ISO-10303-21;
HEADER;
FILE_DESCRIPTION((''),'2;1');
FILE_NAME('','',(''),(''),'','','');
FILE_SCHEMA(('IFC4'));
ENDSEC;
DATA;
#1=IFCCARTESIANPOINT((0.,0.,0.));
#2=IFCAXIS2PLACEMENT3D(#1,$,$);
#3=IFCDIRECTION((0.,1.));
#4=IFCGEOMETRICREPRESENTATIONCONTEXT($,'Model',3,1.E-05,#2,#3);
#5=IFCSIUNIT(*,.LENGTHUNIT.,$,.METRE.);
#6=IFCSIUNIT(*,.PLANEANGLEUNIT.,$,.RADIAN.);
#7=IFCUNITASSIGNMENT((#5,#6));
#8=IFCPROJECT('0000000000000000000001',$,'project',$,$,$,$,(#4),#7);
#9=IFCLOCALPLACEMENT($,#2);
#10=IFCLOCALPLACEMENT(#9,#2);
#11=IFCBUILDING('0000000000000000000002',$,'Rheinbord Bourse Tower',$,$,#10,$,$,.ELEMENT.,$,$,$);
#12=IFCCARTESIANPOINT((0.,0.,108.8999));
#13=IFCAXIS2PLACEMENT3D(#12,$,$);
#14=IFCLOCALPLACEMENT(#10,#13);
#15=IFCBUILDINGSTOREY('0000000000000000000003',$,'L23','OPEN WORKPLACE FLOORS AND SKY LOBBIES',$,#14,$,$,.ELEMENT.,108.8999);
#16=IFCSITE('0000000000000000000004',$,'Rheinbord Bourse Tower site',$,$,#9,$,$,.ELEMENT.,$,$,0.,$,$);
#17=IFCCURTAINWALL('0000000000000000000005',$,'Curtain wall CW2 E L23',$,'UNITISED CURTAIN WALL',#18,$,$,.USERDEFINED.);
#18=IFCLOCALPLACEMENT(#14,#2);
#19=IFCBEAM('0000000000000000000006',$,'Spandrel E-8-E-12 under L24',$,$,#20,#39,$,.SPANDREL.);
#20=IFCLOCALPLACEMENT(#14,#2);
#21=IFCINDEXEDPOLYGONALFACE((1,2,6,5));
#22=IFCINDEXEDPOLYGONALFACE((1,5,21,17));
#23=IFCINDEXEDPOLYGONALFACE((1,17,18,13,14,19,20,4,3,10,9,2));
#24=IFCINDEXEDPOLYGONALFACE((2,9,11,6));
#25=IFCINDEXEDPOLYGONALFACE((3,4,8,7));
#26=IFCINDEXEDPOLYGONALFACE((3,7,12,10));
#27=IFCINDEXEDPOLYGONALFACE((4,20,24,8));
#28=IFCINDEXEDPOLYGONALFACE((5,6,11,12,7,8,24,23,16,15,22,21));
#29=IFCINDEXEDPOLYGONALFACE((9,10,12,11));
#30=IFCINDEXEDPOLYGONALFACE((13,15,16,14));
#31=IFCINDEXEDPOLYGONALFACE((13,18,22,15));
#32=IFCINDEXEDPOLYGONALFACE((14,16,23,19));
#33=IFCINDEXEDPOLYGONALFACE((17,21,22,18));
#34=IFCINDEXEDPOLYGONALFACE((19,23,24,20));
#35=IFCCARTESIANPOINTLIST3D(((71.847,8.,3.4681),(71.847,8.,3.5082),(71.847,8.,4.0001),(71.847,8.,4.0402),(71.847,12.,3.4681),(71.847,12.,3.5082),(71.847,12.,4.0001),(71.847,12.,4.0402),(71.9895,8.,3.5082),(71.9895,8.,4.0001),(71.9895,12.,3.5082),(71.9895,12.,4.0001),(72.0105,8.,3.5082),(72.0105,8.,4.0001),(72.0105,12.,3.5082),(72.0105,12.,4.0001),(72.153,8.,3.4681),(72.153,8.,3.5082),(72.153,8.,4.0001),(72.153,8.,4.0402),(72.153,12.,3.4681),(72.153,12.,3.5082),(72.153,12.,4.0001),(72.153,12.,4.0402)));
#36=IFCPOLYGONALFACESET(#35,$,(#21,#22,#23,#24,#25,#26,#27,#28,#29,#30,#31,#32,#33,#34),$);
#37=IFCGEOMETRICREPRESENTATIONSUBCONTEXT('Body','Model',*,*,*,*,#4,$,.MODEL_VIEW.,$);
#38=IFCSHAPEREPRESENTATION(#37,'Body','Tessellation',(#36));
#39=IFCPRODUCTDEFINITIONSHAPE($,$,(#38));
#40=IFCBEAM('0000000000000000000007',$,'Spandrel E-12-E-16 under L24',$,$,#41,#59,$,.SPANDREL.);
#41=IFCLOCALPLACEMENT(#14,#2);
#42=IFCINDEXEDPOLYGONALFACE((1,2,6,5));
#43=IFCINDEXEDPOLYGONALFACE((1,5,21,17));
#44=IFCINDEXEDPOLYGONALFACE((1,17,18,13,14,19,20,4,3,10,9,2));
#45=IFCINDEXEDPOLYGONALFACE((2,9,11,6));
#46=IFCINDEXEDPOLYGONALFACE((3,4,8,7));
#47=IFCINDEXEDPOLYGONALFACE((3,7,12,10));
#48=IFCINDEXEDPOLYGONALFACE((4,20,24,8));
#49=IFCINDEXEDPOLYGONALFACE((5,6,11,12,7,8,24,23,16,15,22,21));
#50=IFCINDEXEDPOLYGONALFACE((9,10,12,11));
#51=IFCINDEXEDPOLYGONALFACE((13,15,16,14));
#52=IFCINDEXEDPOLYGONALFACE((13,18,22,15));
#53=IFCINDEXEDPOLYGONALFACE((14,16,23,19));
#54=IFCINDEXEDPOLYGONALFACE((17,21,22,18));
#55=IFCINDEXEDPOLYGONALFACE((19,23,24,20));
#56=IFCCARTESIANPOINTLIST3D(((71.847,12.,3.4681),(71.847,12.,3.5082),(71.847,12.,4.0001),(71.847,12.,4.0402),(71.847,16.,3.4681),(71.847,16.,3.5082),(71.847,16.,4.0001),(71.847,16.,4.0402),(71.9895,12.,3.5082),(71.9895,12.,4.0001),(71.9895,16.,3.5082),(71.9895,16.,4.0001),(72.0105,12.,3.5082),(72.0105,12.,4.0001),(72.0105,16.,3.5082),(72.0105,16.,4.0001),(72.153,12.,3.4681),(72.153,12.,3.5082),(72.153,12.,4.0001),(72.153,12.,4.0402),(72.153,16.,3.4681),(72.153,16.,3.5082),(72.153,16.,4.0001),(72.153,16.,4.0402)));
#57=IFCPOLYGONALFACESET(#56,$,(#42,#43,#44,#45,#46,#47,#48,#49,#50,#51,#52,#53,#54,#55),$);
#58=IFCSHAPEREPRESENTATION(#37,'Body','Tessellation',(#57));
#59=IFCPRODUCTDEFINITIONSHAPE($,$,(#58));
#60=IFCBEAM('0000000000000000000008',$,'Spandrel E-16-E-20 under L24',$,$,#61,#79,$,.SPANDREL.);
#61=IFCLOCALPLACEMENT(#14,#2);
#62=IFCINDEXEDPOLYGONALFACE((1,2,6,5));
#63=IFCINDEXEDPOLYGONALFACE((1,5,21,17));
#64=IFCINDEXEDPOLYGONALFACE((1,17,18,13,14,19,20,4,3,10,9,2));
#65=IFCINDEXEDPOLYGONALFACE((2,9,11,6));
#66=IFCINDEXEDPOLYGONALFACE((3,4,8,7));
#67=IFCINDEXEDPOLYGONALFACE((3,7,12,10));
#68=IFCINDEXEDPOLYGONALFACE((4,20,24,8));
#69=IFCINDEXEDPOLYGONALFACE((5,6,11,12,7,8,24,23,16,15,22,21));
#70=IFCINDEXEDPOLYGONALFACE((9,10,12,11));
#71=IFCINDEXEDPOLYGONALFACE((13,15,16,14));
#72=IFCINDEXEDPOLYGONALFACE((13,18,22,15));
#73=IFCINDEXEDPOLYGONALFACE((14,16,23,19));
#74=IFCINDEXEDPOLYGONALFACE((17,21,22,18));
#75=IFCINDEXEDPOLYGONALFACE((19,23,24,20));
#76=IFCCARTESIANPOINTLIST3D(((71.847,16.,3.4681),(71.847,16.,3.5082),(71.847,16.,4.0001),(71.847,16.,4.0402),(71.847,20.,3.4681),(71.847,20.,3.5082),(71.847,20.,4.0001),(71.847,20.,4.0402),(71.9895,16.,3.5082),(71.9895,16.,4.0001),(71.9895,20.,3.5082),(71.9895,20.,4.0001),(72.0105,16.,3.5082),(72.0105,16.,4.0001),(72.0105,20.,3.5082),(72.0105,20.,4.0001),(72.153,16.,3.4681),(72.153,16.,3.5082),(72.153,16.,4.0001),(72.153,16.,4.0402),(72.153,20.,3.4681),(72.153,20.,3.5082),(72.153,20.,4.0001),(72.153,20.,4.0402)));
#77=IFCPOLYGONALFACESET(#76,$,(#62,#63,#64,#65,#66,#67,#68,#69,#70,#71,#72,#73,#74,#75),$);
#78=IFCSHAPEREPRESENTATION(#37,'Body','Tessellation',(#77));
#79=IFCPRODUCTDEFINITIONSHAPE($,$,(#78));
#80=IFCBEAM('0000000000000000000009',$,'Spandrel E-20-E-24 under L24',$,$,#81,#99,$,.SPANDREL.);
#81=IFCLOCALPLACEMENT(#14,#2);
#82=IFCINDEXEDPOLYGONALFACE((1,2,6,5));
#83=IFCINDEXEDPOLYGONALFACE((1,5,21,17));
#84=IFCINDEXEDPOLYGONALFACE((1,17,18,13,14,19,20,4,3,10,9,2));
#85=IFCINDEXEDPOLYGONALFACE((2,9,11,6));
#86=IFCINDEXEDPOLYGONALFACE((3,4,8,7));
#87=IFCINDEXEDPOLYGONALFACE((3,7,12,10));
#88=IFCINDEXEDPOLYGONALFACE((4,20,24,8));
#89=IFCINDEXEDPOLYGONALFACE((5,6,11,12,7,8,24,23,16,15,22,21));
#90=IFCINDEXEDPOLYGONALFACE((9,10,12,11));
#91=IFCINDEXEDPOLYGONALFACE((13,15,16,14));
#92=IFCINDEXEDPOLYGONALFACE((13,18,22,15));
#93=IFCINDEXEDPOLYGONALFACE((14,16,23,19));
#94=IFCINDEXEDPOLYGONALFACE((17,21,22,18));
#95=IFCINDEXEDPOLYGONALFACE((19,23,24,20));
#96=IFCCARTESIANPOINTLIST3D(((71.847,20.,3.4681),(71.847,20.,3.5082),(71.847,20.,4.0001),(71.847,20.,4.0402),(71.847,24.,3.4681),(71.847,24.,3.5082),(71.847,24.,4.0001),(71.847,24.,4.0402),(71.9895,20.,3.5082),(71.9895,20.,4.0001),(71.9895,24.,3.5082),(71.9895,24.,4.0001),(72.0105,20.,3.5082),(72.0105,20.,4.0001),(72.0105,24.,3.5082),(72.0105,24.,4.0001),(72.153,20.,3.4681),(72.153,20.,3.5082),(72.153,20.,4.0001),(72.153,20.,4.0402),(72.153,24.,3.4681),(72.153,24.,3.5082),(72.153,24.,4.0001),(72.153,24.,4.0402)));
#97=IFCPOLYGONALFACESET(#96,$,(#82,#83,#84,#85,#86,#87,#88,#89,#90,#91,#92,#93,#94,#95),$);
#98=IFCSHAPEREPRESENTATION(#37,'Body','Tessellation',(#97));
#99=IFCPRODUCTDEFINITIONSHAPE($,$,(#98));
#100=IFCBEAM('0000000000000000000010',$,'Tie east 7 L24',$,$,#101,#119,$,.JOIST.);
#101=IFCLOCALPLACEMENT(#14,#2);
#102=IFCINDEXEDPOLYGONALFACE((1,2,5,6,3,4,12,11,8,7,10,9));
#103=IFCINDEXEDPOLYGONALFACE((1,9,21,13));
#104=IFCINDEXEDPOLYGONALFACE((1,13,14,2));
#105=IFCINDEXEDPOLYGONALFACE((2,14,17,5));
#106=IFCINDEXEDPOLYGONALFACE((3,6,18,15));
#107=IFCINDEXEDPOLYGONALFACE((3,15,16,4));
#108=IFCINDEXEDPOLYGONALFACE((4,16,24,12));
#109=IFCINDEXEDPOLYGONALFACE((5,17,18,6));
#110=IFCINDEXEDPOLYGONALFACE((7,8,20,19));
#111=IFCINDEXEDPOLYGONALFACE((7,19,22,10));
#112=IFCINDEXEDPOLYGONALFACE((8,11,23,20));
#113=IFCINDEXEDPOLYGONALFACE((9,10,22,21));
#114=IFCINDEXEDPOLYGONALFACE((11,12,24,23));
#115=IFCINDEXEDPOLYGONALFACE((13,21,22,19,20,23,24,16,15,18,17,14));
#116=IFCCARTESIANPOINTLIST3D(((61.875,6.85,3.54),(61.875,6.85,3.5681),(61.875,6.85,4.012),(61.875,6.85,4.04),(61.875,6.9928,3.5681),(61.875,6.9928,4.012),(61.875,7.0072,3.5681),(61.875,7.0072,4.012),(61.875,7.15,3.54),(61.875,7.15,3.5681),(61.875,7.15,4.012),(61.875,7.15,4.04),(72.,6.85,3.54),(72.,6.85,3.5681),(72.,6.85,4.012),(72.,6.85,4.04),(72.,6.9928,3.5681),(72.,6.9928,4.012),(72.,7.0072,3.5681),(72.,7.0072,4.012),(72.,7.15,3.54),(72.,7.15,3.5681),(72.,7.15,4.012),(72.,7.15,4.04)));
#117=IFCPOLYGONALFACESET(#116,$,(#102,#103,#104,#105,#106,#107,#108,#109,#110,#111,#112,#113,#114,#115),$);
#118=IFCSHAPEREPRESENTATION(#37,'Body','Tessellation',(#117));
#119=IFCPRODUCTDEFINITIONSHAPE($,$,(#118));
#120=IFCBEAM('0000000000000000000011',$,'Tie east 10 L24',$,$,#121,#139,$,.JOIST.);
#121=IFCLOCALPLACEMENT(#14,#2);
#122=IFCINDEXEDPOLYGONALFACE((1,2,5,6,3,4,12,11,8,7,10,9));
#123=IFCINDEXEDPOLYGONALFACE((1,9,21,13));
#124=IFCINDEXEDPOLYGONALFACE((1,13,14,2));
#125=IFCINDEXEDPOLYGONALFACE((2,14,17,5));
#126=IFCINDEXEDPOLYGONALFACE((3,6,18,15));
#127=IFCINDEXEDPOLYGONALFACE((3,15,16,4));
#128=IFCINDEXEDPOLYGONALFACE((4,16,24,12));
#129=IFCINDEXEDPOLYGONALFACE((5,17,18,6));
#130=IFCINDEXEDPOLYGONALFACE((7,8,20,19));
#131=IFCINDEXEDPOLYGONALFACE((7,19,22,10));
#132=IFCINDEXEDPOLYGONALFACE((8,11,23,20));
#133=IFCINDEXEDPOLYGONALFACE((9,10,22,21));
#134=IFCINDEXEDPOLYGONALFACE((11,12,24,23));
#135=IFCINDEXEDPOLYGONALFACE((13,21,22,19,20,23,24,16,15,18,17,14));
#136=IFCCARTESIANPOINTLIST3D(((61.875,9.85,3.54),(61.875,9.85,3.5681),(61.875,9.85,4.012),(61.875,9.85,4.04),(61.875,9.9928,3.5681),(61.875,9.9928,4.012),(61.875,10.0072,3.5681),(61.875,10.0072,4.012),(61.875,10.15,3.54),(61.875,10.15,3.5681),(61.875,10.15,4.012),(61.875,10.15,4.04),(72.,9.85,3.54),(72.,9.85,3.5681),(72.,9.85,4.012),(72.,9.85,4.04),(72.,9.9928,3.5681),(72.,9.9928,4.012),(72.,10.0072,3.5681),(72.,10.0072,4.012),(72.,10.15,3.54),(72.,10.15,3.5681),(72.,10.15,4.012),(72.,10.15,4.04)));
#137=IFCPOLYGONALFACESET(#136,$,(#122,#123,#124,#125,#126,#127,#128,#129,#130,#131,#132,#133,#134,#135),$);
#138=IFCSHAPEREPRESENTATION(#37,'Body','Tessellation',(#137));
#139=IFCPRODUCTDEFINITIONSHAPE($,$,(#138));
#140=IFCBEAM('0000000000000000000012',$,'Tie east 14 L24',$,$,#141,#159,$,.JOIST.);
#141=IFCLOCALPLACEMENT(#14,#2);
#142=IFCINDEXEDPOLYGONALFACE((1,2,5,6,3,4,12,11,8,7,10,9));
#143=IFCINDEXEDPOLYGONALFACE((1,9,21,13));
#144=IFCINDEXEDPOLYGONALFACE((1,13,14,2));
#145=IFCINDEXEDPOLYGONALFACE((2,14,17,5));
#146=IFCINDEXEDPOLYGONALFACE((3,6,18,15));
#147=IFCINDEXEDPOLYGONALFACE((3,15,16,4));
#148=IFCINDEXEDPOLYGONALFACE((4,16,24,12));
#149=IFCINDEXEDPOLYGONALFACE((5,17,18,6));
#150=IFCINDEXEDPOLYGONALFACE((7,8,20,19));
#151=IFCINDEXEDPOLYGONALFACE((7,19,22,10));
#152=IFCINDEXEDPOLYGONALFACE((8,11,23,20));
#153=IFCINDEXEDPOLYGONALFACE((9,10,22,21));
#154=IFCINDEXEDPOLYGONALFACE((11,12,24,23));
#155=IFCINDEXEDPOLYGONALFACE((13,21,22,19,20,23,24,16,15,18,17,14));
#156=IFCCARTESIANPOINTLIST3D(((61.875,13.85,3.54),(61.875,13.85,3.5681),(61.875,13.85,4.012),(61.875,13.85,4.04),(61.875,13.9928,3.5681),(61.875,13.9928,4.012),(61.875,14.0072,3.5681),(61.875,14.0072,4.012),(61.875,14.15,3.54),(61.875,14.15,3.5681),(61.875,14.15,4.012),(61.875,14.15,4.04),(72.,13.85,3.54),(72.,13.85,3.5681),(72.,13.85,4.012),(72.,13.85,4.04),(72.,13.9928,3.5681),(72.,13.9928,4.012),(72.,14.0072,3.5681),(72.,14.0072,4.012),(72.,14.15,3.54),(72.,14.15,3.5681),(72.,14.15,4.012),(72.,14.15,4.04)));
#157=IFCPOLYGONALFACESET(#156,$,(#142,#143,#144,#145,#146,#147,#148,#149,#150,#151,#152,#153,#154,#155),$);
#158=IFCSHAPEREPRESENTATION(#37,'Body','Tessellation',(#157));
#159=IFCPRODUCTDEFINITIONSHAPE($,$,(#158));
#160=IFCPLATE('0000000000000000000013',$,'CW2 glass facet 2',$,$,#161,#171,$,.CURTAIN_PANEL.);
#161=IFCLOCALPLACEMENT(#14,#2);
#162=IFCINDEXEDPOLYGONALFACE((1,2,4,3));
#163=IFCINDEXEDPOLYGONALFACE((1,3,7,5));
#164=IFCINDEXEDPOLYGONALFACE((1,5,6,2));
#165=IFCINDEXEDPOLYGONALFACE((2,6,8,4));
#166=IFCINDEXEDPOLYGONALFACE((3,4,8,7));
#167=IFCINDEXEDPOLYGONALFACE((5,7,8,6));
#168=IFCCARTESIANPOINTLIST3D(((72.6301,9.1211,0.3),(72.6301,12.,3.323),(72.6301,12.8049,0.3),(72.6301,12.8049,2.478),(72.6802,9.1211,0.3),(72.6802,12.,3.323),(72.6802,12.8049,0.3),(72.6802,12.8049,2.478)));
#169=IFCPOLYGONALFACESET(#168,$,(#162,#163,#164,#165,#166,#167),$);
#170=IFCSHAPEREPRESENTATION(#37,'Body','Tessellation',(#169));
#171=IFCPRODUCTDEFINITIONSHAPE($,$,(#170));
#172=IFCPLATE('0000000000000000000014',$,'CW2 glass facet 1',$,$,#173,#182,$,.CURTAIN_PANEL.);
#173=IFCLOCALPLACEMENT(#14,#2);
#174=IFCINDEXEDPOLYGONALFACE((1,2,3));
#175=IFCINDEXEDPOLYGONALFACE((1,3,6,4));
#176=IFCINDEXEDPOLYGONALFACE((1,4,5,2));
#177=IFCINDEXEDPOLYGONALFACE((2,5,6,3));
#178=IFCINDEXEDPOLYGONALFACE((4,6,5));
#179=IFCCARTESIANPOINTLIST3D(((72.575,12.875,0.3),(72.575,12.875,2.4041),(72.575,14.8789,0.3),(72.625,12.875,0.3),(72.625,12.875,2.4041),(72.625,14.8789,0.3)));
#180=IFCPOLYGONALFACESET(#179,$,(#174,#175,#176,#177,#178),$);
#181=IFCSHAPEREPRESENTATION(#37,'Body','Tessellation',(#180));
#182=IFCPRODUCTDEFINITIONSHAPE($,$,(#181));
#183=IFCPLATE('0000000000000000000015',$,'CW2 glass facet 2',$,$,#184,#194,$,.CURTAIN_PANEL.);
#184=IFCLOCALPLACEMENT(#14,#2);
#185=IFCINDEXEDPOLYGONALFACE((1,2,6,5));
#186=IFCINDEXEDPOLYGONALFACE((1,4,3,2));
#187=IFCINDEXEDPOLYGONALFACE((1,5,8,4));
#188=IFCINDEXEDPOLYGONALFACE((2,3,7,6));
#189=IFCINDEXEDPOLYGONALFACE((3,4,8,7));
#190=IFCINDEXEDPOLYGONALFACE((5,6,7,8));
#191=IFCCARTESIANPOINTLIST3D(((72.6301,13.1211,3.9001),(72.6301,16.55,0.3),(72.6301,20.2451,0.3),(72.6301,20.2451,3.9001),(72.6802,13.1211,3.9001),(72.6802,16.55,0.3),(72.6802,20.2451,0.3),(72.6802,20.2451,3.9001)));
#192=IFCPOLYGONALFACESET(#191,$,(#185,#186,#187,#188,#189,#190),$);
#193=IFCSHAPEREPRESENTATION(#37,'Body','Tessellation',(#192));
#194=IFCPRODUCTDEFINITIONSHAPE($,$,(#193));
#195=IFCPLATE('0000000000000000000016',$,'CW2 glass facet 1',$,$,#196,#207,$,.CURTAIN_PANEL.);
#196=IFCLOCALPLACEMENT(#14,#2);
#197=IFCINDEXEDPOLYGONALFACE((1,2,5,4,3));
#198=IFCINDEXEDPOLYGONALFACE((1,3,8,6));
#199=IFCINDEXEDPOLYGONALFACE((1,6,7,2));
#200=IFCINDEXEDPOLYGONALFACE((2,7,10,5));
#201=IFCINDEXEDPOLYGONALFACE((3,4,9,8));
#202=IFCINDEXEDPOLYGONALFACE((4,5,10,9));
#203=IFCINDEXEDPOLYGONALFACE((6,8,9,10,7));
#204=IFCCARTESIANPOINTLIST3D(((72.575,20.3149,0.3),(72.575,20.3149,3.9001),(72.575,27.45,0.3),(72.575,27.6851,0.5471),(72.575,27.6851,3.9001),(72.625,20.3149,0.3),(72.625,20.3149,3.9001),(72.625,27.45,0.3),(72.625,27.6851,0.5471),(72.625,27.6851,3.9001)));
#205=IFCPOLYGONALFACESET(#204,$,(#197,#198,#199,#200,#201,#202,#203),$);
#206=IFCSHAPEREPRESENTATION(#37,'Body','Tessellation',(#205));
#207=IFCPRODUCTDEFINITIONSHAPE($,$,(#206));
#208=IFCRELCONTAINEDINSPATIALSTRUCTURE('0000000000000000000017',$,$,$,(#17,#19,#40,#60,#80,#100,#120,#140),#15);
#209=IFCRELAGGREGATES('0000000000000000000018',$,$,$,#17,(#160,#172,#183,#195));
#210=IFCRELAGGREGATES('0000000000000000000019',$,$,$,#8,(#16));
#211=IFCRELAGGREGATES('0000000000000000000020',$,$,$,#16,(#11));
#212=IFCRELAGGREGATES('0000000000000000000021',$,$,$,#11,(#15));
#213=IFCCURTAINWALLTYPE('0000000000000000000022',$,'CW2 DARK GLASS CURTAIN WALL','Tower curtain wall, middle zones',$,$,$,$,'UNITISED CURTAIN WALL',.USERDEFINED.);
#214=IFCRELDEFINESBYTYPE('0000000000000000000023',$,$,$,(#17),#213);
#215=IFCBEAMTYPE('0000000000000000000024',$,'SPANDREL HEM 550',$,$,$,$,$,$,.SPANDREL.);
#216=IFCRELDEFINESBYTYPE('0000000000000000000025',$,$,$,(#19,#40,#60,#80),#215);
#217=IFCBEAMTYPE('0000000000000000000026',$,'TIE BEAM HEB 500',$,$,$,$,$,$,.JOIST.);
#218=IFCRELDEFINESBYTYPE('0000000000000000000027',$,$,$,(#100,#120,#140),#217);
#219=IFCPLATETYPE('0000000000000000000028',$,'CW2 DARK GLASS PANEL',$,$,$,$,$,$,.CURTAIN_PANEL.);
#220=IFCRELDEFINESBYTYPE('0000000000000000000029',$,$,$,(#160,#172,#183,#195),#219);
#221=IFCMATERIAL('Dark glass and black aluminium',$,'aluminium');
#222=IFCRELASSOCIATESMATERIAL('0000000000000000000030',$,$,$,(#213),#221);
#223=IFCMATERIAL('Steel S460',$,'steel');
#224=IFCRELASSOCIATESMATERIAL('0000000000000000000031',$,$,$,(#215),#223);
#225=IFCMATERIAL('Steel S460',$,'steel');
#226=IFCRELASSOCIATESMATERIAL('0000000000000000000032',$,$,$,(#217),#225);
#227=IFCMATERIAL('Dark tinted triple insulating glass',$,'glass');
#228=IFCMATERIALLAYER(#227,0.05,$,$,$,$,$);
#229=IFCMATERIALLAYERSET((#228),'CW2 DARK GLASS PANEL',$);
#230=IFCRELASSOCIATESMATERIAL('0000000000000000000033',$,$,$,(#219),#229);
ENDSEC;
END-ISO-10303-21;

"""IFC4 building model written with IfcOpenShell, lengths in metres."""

from ifc_helpers import new_model, si_unit, direction, frame, origin, origin_2d, place, context, subcontext, project, spatial, polyline, i_section, outline, extrude, material, layer, layer_set, material_profile, profile_set, type_object, element, aggregate, save


model = new_model("IFC4")

# Units and contexts
model_context = context("Model", 3, precision=1e-05, world=origin(), true_north=direction((0.0, 1.0)))
body_context = subcontext(model_context, "Body", "Model", "MODEL_VIEW")
ifc_project = project(units=[si_unit("LENGTHUNIT", "METRE"), si_unit("PLANEANGLEUNIT", "RADIAN")], contexts=[model_context])

# Site, building, storey
site_placement = place(None, origin())
site = spatial("IfcSite", under=ifc_project, at=site_placement, Name="Rheinbord Bourse Tower site", CompositionType="ELEMENT", RefElevation=0.0)
building_placement = place(site_placement, origin())
building = spatial("IfcBuilding", under=site, at=building_placement, Name="Rheinbord Bourse Tower", CompositionType="ELEMENT")
storey_placement = place(building_placement, frame((0.0, 0.0, 108.8999)))
storey = spatial("IfcBuildingStorey", under=building, at=storey_placement, Name="L23", Description="OPEN WORKPLACE FLOORS AND SKY LOBBIES", CompositionType="ELEMENT", Elevation=108.8999)

# Curtain wall
ifc_material_1 = material(Name="Dark glass and black aluminium", Category="aluminium")
curtain_wall_type = type_object("IfcCurtainWallType", Name="CW2 DARK GLASS CURTAIN WALL", Description="Tower curtain wall, middle zones", ElementType="UNITISED CURTAIN WALL", PredefinedType="USERDEFINED", material=ifc_material_1)
curtain_wall_placement = place(storey_placement, origin())
curtain_wall = element("IfcCurtainWall", 1, at=curtain_wall_placement, inside=storey, type_object=curtain_wall_type, Name="Curtain wall CW2 E L23", ObjectType="UNITISED CURTAIN WALL", PredefinedType="USERDEFINED")

# Beams
ifc_material_2 = material(Name="Steel S460", Category="steel")
ifc_material_profile_1 = material_profile(ifc_material_2, i_section(OverallWidth=0.3059, OverallDepth=0.572, WebThickness=0.021, FlangeThickness=0.04, at=origin_2d()), Name="HEM 550")
ifc_profile_set_1 = profile_set([ifc_material_profile_1], Name="Steel S460")
beam_type_1 = type_object("IfcBeamType", Name="SPANDREL HEM 550", PredefinedType="SPANDREL", material=ifc_profile_set_1)
for number, where, z_axis, x_axis, name in (
    (2, (72.0, 8.0, 3.7542), (0.0, 1.0, 0.0), (-1.0, 0.0, 0.0), "Spandrel E-8-E-12 under L24"),
    (3, (72.0, 12.0, 3.7542), (0.0, 1.0, 0.0), (-1.0, 0.0, 0.0), "Spandrel E-12-E-16 under L24"),
    (4, (72.0, 16.0, 3.7542), (0.0, 1.0, 0.0), (-1.0, 0.0, 0.0), "Spandrel E-16-E-20 under L24"),
    (5, (72.0, 20.0, 3.7542), (0.0, 1.0, 0.0), (-1.0, 0.0, 0.0), "Spandrel E-20-E-24 under L24"),
):
    element("IfcBeam", number, at=place(storey_placement, frame(where, z_axis=z_axis, x_axis=x_axis)), inside=storey, type_object=beam_type_1, Name=name, PredefinedType="SPANDREL", context=body_context, shape_type="SweptSolid", body=[
        extrude(i_section(OverallWidth=0.3059, OverallDepth=0.572, WebThickness=0.021, FlangeThickness=0.04, at=origin_2d()), origin(), (0.0, 0.0, 1.0), 4.0),
    ])
ifc_material_3 = material(Name="Steel S460", Category="steel")
ifc_material_profile_2 = material_profile(ifc_material_3, i_section(OverallWidth=0.3, OverallDepth=0.5, WebThickness=0.0144, FlangeThickness=0.0281, at=origin_2d()), Name="HEB 500")
ifc_profile_set_2 = profile_set([ifc_material_profile_2], Name="Steel S460")
beam_type_2 = type_object("IfcBeamType", Name="TIE BEAM HEB 500", PredefinedType="JOIST", material=ifc_profile_set_2)
for number, where, z_axis, x_axis, name in (
    (6, (61.875, 7.0, 3.79), (1.0, 0.0, 0.0), (0.0, 1.0, 0.0), "Tie east 7 L24"),
    (7, (61.875, 10.0, 3.79), (1.0, 0.0, 0.0), (0.0, 1.0, 0.0), "Tie east 10 L24"),
    (8, (61.875, 14.0, 3.79), (1.0, 0.0, 0.0), (0.0, 1.0, 0.0), "Tie east 14 L24"),
):
    element("IfcBeam", number, at=place(storey_placement, frame(where, z_axis=z_axis, x_axis=x_axis)), inside=storey, type_object=beam_type_2, Name=name, PredefinedType="JOIST", context=body_context, shape_type="SweptSolid", body=[
        extrude(i_section(OverallWidth=0.3, OverallDepth=0.5, WebThickness=0.0144, FlangeThickness=0.0281, at=origin_2d()), origin(), (0.0, 0.0, 1.0), 10.125),
    ])

# Plates
ifc_material_4 = material(Name="Dark tinted triple insulating glass", Category="glass")
ifc_layer_1 = layer(ifc_material_4, 0.05)
ifc_layer_set_1 = layer_set([ifc_layer_1], Name="CW2 DARK GLASS PANEL")
plate_type = type_object("IfcPlateType", Name="CW2 DARK GLASS PANEL", PredefinedType="CURTAIN_PANEL", material=ifc_layer_set_1)
plate_1_placement = place(storey_placement, frame((72.6802, 12.8049, 0.3), z_axis=(-1.0, 0.0, 0.0), x_axis=(0.0, -1.0, 0.0)))
plate_1 = element("IfcPlate", 9, at=plate_1_placement, type_object=plate_type, Name="CW2 glass facet 2", PredefinedType="CURTAIN_PANEL", context=body_context, shape_type="SweptSolid", body=[
    extrude(outline(polyline([(0.0, 0.0), (3.6838, 0.0), (0.8049, 3.0229), (0.0, 2.178), (0.0, 0.0)])), origin(), (0.0, 0.0, 1.0), 0.05),
])
plate_2_placement = place(storey_placement, frame((72.625, 12.875, 0.3), z_axis=(-1.0, 0.0, 0.0), x_axis=(0.0, 0.0, 1.0)))
plate_2 = element("IfcPlate", 10, at=plate_2_placement, type_object=plate_type, Name="CW2 glass facet 1", PredefinedType="CURTAIN_PANEL", context=body_context, shape_type="SweptSolid", body=[
    extrude(outline(polyline([(0.0, 0.0), (2.104, 0.0), (0.0, 2.0039), (0.0, 0.0)])), origin(), (0.0, 0.0, 1.0), 0.05),
])
plate_3_placement = place(storey_placement, frame((72.6802, 20.2451, 3.9001), z_axis=(-1.0, 0.0, 0.0), x_axis=(0.0, 0.0, -1.0)))
plate_3 = element("IfcPlate", 11, at=plate_3_placement, type_object=plate_type, Name="CW2 glass facet 2", PredefinedType="CURTAIN_PANEL", context=body_context, shape_type="SweptSolid", body=[
    extrude(outline(polyline([(0.0, 0.0), (3.6001, 0.0), (3.6001, 3.6951), (0.0, 7.124), (0.0, 0.0)])), origin(), (0.0, 0.0, 1.0), 0.05),
])
plate_4_placement = place(storey_placement, frame((72.625, 20.3149, 0.3), z_axis=(-1.0, 0.0, 0.0), x_axis=(0.0, 0.0, 1.0)))
plate_4 = element("IfcPlate", 12, at=plate_4_placement, type_object=plate_type, Name="CW2 glass facet 1", PredefinedType="CURTAIN_PANEL", context=body_context, shape_type="SweptSolid", body=[
    extrude(outline(polyline([(0.0, 0.0), (3.6001, 0.0), (3.6001, 7.3701), (0.2471, 7.3701), (0.0, 7.135), (0.0, 0.0)])), origin(), (0.0, 0.0, 1.0), 0.05),
])
aggregate(curtain_wall, [plate_1, plate_2, plate_3, plate_4])

save(model, "model.ifc")
